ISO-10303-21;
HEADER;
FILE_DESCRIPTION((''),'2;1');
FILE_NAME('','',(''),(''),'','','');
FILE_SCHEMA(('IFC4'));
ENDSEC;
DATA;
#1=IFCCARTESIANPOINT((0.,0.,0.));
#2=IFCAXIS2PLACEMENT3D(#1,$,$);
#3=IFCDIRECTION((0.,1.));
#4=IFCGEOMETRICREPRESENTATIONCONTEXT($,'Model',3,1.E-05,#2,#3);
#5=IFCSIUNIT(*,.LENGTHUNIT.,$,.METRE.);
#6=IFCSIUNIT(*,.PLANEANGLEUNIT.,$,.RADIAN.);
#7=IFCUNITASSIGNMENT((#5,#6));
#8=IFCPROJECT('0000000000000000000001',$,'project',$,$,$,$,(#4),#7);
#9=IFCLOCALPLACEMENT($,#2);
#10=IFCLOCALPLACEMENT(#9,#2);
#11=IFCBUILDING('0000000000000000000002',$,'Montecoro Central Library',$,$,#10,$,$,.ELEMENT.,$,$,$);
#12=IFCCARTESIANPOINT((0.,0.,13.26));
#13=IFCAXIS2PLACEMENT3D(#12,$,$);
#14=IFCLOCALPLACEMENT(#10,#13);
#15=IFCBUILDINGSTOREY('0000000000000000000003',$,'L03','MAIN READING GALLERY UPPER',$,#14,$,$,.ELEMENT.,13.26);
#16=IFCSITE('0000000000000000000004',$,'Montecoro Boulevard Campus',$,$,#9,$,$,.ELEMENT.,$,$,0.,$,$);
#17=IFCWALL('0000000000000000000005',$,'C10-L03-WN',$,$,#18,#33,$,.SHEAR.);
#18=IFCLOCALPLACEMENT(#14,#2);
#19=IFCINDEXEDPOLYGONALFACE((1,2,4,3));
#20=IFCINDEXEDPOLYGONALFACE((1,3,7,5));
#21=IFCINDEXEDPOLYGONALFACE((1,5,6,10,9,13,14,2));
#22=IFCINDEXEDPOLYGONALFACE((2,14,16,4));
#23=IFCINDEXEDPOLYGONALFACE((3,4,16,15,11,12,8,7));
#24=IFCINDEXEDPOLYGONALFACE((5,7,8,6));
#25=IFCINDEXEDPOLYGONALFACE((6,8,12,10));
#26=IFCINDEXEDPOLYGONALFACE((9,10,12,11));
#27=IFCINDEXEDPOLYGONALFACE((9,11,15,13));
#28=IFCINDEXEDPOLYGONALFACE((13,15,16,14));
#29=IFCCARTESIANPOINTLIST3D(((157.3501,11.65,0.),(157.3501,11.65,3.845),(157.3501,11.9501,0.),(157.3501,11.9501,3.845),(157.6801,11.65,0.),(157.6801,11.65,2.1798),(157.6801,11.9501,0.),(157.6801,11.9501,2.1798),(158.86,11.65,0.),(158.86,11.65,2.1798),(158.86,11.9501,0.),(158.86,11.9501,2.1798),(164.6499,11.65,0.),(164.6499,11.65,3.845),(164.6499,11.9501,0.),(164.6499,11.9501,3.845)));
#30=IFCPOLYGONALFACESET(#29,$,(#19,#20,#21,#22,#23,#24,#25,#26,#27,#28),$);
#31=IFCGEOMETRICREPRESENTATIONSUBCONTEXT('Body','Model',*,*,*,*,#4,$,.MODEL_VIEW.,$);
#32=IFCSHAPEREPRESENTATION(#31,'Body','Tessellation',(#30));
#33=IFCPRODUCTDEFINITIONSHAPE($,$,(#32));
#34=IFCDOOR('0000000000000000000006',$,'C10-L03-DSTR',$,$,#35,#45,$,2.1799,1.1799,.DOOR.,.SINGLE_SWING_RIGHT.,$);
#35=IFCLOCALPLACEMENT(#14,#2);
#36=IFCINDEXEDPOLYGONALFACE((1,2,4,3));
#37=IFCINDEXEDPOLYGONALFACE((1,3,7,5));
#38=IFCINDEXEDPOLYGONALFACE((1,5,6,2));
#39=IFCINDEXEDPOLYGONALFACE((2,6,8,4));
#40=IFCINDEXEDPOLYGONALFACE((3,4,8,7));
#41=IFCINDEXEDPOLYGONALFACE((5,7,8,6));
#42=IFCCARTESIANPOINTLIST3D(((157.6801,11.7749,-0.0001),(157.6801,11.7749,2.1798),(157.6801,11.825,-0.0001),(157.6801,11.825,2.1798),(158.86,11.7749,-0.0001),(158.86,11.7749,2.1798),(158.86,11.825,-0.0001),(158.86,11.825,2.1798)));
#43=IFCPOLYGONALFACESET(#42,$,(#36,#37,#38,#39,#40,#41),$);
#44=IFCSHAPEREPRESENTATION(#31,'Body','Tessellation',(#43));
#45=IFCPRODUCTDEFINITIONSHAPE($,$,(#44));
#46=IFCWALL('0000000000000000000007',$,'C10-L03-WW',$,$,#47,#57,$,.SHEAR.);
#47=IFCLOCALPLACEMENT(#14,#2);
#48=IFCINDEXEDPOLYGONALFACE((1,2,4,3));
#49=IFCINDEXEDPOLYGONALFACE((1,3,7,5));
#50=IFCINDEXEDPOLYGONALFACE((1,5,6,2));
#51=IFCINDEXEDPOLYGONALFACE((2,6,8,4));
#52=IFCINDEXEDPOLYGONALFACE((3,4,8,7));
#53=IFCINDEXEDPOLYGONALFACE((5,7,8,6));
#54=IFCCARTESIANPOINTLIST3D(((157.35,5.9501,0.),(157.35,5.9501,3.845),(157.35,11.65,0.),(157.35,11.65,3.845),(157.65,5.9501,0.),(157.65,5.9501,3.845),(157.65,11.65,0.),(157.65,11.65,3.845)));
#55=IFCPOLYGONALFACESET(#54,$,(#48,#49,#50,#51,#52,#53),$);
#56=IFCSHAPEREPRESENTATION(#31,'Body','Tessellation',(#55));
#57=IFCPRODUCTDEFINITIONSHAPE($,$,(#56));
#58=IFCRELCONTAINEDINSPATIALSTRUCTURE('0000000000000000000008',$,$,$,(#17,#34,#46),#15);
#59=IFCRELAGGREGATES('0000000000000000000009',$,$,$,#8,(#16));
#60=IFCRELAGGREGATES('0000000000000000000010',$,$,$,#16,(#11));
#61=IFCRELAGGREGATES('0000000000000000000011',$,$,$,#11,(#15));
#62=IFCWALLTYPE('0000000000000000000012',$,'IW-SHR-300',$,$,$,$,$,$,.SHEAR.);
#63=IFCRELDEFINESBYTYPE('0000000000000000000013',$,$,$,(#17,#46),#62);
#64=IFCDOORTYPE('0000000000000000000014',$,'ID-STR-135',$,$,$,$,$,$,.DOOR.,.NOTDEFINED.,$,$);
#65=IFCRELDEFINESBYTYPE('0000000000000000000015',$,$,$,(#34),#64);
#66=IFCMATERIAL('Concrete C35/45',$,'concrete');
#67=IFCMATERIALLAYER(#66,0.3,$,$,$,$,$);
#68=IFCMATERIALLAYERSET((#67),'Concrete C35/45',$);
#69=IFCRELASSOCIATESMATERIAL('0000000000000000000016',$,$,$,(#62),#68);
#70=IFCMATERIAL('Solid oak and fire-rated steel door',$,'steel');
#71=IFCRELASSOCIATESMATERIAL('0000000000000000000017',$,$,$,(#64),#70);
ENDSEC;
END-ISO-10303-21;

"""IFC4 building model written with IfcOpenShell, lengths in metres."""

from ifc_helpers import new_model, si_unit, direction, frame, frame_2d, origin, place, context, subcontext, project, spatial, rectangle, extrude, material, layer, layer_set, type_object, element, fill, save


model = new_model("IFC4")

# Units and contexts
model_context = context("Model", 3, precision=1e-05, world=origin(), true_north=direction((0.0, 1.0)))
body_context = subcontext(model_context, "Body", "Model", "MODEL_VIEW")
ifc_project = project(units=[si_unit("LENGTHUNIT", "METRE"), si_unit("PLANEANGLEUNIT", "RADIAN")], contexts=[model_context])

# Site, building, storey
site_placement = place(None, origin())
site = spatial("IfcSite", under=ifc_project, at=site_placement, Name="Montecoro Boulevard Campus", CompositionType="ELEMENT", RefElevation=0.0)
building_placement = place(site_placement, origin())
building = spatial("IfcBuilding", under=site, at=building_placement, Name="Montecoro Central Library", CompositionType="ELEMENT")
storey_placement = place(building_placement, frame((0.0, 0.0, 13.26)))
storey = spatial("IfcBuildingStorey", under=building, at=storey_placement, Name="L03", Description="MAIN READING GALLERY UPPER", CompositionType="ELEMENT", Elevation=13.26)

# Shared definitions
ifc_material_1 = material(Name="Concrete C35/45", Category="concrete")
ifc_layer_1 = layer(ifc_material_1, 0.3)
ifc_layer_set_1 = layer_set([ifc_layer_1], Name="Concrete C35/45")
wall_type_1 = type_object("IfcWallType", Name="IW-SHR-300", PredefinedType="SHEAR", material=ifc_layer_set_1)

# Wall, opening, door
wall_1_placement = place(storey_placement, frame((157.3501, 11.8, 0.0), z_axis=(0.0, 0.0, 1.0), x_axis=(1.0, 0.0, 0.0)))
wall_1 = element("IfcWall", 1, at=wall_1_placement, inside=storey, type_object=wall_type_1, Name="C10-L03-WN", PredefinedType="SHEAR", context=body_context, shape_type="SweptSolid", body=[
    extrude(rectangle(XDim=7.2998, YDim=0.3, at=frame_2d((3.6499, 0.0))), origin(), (0.0, 0.0, 1.0), 3.845),
])
opening_1_placement = place(wall_1_placement, frame((0.3301, 0.0, 0.0)))
opening_1 = element("IfcOpeningElement", 2, at=opening_1_placement, cuts=wall_1, PredefinedType="OPENING", context=body_context, shape_type="SweptSolid", body=[
    extrude(rectangle(XDim=1.1799, YDim=2.1799, at=frame_2d((0.5898, 1.0898))), frame((0.0, 0.1599, 0.0), z_axis=(0.0, -1.0, 0.0), x_axis=(1.0, 0.0, 0.0)), (0.0, 0.0, 1.0), 0.3201),
])
ifc_material_2 = material(Name="Solid oak and fire-rated steel door", Category="steel")
door_type = type_object("IfcDoorType", Name="ID-STR-135", OperationType="NOTDEFINED", PredefinedType="DOOR", material=ifc_material_2)
door_placement = place(opening_1_placement, origin())
door = element("IfcDoor", 3, at=door_placement, inside=storey, type_object=door_type, Name="C10-L03-DSTR", OperationType="SINGLE_SWING_RIGHT", OverallHeight=2.1799, OverallWidth=1.1799, PredefinedType="DOOR", context=body_context, shape_type="SweptSolid", body=[
    extrude(rectangle(XDim=1.1799, YDim=2.1799, at=frame_2d((0.5898, 1.0898))), frame((0.0, 0.0249, 0.0), z_axis=(0.0, -1.0, 0.0), x_axis=(1.0, 0.0, 0.0)), (0.0, 0.0, 1.0), 0.05),
])
fill(opening_1, door)

# Wall
wall_2_placement = place(storey_placement, frame((157.5, 5.95, 0.0), z_axis=(0.0, 0.0, 1.0), x_axis=(0.0, 1.0, 0.0)))
element("IfcWall", 4, at=wall_2_placement, inside=storey, type_object=wall_type_1, Name="C10-L03-WW", PredefinedType="SHEAR", context=body_context, shape_type="SweptSolid", body=[
    extrude(rectangle(XDim=5.7, YDim=0.3, at=frame_2d((2.8501, 0.0))), origin(), (0.0, 0.0, 1.0), 3.845),
])

save(model, "model.ifc")
